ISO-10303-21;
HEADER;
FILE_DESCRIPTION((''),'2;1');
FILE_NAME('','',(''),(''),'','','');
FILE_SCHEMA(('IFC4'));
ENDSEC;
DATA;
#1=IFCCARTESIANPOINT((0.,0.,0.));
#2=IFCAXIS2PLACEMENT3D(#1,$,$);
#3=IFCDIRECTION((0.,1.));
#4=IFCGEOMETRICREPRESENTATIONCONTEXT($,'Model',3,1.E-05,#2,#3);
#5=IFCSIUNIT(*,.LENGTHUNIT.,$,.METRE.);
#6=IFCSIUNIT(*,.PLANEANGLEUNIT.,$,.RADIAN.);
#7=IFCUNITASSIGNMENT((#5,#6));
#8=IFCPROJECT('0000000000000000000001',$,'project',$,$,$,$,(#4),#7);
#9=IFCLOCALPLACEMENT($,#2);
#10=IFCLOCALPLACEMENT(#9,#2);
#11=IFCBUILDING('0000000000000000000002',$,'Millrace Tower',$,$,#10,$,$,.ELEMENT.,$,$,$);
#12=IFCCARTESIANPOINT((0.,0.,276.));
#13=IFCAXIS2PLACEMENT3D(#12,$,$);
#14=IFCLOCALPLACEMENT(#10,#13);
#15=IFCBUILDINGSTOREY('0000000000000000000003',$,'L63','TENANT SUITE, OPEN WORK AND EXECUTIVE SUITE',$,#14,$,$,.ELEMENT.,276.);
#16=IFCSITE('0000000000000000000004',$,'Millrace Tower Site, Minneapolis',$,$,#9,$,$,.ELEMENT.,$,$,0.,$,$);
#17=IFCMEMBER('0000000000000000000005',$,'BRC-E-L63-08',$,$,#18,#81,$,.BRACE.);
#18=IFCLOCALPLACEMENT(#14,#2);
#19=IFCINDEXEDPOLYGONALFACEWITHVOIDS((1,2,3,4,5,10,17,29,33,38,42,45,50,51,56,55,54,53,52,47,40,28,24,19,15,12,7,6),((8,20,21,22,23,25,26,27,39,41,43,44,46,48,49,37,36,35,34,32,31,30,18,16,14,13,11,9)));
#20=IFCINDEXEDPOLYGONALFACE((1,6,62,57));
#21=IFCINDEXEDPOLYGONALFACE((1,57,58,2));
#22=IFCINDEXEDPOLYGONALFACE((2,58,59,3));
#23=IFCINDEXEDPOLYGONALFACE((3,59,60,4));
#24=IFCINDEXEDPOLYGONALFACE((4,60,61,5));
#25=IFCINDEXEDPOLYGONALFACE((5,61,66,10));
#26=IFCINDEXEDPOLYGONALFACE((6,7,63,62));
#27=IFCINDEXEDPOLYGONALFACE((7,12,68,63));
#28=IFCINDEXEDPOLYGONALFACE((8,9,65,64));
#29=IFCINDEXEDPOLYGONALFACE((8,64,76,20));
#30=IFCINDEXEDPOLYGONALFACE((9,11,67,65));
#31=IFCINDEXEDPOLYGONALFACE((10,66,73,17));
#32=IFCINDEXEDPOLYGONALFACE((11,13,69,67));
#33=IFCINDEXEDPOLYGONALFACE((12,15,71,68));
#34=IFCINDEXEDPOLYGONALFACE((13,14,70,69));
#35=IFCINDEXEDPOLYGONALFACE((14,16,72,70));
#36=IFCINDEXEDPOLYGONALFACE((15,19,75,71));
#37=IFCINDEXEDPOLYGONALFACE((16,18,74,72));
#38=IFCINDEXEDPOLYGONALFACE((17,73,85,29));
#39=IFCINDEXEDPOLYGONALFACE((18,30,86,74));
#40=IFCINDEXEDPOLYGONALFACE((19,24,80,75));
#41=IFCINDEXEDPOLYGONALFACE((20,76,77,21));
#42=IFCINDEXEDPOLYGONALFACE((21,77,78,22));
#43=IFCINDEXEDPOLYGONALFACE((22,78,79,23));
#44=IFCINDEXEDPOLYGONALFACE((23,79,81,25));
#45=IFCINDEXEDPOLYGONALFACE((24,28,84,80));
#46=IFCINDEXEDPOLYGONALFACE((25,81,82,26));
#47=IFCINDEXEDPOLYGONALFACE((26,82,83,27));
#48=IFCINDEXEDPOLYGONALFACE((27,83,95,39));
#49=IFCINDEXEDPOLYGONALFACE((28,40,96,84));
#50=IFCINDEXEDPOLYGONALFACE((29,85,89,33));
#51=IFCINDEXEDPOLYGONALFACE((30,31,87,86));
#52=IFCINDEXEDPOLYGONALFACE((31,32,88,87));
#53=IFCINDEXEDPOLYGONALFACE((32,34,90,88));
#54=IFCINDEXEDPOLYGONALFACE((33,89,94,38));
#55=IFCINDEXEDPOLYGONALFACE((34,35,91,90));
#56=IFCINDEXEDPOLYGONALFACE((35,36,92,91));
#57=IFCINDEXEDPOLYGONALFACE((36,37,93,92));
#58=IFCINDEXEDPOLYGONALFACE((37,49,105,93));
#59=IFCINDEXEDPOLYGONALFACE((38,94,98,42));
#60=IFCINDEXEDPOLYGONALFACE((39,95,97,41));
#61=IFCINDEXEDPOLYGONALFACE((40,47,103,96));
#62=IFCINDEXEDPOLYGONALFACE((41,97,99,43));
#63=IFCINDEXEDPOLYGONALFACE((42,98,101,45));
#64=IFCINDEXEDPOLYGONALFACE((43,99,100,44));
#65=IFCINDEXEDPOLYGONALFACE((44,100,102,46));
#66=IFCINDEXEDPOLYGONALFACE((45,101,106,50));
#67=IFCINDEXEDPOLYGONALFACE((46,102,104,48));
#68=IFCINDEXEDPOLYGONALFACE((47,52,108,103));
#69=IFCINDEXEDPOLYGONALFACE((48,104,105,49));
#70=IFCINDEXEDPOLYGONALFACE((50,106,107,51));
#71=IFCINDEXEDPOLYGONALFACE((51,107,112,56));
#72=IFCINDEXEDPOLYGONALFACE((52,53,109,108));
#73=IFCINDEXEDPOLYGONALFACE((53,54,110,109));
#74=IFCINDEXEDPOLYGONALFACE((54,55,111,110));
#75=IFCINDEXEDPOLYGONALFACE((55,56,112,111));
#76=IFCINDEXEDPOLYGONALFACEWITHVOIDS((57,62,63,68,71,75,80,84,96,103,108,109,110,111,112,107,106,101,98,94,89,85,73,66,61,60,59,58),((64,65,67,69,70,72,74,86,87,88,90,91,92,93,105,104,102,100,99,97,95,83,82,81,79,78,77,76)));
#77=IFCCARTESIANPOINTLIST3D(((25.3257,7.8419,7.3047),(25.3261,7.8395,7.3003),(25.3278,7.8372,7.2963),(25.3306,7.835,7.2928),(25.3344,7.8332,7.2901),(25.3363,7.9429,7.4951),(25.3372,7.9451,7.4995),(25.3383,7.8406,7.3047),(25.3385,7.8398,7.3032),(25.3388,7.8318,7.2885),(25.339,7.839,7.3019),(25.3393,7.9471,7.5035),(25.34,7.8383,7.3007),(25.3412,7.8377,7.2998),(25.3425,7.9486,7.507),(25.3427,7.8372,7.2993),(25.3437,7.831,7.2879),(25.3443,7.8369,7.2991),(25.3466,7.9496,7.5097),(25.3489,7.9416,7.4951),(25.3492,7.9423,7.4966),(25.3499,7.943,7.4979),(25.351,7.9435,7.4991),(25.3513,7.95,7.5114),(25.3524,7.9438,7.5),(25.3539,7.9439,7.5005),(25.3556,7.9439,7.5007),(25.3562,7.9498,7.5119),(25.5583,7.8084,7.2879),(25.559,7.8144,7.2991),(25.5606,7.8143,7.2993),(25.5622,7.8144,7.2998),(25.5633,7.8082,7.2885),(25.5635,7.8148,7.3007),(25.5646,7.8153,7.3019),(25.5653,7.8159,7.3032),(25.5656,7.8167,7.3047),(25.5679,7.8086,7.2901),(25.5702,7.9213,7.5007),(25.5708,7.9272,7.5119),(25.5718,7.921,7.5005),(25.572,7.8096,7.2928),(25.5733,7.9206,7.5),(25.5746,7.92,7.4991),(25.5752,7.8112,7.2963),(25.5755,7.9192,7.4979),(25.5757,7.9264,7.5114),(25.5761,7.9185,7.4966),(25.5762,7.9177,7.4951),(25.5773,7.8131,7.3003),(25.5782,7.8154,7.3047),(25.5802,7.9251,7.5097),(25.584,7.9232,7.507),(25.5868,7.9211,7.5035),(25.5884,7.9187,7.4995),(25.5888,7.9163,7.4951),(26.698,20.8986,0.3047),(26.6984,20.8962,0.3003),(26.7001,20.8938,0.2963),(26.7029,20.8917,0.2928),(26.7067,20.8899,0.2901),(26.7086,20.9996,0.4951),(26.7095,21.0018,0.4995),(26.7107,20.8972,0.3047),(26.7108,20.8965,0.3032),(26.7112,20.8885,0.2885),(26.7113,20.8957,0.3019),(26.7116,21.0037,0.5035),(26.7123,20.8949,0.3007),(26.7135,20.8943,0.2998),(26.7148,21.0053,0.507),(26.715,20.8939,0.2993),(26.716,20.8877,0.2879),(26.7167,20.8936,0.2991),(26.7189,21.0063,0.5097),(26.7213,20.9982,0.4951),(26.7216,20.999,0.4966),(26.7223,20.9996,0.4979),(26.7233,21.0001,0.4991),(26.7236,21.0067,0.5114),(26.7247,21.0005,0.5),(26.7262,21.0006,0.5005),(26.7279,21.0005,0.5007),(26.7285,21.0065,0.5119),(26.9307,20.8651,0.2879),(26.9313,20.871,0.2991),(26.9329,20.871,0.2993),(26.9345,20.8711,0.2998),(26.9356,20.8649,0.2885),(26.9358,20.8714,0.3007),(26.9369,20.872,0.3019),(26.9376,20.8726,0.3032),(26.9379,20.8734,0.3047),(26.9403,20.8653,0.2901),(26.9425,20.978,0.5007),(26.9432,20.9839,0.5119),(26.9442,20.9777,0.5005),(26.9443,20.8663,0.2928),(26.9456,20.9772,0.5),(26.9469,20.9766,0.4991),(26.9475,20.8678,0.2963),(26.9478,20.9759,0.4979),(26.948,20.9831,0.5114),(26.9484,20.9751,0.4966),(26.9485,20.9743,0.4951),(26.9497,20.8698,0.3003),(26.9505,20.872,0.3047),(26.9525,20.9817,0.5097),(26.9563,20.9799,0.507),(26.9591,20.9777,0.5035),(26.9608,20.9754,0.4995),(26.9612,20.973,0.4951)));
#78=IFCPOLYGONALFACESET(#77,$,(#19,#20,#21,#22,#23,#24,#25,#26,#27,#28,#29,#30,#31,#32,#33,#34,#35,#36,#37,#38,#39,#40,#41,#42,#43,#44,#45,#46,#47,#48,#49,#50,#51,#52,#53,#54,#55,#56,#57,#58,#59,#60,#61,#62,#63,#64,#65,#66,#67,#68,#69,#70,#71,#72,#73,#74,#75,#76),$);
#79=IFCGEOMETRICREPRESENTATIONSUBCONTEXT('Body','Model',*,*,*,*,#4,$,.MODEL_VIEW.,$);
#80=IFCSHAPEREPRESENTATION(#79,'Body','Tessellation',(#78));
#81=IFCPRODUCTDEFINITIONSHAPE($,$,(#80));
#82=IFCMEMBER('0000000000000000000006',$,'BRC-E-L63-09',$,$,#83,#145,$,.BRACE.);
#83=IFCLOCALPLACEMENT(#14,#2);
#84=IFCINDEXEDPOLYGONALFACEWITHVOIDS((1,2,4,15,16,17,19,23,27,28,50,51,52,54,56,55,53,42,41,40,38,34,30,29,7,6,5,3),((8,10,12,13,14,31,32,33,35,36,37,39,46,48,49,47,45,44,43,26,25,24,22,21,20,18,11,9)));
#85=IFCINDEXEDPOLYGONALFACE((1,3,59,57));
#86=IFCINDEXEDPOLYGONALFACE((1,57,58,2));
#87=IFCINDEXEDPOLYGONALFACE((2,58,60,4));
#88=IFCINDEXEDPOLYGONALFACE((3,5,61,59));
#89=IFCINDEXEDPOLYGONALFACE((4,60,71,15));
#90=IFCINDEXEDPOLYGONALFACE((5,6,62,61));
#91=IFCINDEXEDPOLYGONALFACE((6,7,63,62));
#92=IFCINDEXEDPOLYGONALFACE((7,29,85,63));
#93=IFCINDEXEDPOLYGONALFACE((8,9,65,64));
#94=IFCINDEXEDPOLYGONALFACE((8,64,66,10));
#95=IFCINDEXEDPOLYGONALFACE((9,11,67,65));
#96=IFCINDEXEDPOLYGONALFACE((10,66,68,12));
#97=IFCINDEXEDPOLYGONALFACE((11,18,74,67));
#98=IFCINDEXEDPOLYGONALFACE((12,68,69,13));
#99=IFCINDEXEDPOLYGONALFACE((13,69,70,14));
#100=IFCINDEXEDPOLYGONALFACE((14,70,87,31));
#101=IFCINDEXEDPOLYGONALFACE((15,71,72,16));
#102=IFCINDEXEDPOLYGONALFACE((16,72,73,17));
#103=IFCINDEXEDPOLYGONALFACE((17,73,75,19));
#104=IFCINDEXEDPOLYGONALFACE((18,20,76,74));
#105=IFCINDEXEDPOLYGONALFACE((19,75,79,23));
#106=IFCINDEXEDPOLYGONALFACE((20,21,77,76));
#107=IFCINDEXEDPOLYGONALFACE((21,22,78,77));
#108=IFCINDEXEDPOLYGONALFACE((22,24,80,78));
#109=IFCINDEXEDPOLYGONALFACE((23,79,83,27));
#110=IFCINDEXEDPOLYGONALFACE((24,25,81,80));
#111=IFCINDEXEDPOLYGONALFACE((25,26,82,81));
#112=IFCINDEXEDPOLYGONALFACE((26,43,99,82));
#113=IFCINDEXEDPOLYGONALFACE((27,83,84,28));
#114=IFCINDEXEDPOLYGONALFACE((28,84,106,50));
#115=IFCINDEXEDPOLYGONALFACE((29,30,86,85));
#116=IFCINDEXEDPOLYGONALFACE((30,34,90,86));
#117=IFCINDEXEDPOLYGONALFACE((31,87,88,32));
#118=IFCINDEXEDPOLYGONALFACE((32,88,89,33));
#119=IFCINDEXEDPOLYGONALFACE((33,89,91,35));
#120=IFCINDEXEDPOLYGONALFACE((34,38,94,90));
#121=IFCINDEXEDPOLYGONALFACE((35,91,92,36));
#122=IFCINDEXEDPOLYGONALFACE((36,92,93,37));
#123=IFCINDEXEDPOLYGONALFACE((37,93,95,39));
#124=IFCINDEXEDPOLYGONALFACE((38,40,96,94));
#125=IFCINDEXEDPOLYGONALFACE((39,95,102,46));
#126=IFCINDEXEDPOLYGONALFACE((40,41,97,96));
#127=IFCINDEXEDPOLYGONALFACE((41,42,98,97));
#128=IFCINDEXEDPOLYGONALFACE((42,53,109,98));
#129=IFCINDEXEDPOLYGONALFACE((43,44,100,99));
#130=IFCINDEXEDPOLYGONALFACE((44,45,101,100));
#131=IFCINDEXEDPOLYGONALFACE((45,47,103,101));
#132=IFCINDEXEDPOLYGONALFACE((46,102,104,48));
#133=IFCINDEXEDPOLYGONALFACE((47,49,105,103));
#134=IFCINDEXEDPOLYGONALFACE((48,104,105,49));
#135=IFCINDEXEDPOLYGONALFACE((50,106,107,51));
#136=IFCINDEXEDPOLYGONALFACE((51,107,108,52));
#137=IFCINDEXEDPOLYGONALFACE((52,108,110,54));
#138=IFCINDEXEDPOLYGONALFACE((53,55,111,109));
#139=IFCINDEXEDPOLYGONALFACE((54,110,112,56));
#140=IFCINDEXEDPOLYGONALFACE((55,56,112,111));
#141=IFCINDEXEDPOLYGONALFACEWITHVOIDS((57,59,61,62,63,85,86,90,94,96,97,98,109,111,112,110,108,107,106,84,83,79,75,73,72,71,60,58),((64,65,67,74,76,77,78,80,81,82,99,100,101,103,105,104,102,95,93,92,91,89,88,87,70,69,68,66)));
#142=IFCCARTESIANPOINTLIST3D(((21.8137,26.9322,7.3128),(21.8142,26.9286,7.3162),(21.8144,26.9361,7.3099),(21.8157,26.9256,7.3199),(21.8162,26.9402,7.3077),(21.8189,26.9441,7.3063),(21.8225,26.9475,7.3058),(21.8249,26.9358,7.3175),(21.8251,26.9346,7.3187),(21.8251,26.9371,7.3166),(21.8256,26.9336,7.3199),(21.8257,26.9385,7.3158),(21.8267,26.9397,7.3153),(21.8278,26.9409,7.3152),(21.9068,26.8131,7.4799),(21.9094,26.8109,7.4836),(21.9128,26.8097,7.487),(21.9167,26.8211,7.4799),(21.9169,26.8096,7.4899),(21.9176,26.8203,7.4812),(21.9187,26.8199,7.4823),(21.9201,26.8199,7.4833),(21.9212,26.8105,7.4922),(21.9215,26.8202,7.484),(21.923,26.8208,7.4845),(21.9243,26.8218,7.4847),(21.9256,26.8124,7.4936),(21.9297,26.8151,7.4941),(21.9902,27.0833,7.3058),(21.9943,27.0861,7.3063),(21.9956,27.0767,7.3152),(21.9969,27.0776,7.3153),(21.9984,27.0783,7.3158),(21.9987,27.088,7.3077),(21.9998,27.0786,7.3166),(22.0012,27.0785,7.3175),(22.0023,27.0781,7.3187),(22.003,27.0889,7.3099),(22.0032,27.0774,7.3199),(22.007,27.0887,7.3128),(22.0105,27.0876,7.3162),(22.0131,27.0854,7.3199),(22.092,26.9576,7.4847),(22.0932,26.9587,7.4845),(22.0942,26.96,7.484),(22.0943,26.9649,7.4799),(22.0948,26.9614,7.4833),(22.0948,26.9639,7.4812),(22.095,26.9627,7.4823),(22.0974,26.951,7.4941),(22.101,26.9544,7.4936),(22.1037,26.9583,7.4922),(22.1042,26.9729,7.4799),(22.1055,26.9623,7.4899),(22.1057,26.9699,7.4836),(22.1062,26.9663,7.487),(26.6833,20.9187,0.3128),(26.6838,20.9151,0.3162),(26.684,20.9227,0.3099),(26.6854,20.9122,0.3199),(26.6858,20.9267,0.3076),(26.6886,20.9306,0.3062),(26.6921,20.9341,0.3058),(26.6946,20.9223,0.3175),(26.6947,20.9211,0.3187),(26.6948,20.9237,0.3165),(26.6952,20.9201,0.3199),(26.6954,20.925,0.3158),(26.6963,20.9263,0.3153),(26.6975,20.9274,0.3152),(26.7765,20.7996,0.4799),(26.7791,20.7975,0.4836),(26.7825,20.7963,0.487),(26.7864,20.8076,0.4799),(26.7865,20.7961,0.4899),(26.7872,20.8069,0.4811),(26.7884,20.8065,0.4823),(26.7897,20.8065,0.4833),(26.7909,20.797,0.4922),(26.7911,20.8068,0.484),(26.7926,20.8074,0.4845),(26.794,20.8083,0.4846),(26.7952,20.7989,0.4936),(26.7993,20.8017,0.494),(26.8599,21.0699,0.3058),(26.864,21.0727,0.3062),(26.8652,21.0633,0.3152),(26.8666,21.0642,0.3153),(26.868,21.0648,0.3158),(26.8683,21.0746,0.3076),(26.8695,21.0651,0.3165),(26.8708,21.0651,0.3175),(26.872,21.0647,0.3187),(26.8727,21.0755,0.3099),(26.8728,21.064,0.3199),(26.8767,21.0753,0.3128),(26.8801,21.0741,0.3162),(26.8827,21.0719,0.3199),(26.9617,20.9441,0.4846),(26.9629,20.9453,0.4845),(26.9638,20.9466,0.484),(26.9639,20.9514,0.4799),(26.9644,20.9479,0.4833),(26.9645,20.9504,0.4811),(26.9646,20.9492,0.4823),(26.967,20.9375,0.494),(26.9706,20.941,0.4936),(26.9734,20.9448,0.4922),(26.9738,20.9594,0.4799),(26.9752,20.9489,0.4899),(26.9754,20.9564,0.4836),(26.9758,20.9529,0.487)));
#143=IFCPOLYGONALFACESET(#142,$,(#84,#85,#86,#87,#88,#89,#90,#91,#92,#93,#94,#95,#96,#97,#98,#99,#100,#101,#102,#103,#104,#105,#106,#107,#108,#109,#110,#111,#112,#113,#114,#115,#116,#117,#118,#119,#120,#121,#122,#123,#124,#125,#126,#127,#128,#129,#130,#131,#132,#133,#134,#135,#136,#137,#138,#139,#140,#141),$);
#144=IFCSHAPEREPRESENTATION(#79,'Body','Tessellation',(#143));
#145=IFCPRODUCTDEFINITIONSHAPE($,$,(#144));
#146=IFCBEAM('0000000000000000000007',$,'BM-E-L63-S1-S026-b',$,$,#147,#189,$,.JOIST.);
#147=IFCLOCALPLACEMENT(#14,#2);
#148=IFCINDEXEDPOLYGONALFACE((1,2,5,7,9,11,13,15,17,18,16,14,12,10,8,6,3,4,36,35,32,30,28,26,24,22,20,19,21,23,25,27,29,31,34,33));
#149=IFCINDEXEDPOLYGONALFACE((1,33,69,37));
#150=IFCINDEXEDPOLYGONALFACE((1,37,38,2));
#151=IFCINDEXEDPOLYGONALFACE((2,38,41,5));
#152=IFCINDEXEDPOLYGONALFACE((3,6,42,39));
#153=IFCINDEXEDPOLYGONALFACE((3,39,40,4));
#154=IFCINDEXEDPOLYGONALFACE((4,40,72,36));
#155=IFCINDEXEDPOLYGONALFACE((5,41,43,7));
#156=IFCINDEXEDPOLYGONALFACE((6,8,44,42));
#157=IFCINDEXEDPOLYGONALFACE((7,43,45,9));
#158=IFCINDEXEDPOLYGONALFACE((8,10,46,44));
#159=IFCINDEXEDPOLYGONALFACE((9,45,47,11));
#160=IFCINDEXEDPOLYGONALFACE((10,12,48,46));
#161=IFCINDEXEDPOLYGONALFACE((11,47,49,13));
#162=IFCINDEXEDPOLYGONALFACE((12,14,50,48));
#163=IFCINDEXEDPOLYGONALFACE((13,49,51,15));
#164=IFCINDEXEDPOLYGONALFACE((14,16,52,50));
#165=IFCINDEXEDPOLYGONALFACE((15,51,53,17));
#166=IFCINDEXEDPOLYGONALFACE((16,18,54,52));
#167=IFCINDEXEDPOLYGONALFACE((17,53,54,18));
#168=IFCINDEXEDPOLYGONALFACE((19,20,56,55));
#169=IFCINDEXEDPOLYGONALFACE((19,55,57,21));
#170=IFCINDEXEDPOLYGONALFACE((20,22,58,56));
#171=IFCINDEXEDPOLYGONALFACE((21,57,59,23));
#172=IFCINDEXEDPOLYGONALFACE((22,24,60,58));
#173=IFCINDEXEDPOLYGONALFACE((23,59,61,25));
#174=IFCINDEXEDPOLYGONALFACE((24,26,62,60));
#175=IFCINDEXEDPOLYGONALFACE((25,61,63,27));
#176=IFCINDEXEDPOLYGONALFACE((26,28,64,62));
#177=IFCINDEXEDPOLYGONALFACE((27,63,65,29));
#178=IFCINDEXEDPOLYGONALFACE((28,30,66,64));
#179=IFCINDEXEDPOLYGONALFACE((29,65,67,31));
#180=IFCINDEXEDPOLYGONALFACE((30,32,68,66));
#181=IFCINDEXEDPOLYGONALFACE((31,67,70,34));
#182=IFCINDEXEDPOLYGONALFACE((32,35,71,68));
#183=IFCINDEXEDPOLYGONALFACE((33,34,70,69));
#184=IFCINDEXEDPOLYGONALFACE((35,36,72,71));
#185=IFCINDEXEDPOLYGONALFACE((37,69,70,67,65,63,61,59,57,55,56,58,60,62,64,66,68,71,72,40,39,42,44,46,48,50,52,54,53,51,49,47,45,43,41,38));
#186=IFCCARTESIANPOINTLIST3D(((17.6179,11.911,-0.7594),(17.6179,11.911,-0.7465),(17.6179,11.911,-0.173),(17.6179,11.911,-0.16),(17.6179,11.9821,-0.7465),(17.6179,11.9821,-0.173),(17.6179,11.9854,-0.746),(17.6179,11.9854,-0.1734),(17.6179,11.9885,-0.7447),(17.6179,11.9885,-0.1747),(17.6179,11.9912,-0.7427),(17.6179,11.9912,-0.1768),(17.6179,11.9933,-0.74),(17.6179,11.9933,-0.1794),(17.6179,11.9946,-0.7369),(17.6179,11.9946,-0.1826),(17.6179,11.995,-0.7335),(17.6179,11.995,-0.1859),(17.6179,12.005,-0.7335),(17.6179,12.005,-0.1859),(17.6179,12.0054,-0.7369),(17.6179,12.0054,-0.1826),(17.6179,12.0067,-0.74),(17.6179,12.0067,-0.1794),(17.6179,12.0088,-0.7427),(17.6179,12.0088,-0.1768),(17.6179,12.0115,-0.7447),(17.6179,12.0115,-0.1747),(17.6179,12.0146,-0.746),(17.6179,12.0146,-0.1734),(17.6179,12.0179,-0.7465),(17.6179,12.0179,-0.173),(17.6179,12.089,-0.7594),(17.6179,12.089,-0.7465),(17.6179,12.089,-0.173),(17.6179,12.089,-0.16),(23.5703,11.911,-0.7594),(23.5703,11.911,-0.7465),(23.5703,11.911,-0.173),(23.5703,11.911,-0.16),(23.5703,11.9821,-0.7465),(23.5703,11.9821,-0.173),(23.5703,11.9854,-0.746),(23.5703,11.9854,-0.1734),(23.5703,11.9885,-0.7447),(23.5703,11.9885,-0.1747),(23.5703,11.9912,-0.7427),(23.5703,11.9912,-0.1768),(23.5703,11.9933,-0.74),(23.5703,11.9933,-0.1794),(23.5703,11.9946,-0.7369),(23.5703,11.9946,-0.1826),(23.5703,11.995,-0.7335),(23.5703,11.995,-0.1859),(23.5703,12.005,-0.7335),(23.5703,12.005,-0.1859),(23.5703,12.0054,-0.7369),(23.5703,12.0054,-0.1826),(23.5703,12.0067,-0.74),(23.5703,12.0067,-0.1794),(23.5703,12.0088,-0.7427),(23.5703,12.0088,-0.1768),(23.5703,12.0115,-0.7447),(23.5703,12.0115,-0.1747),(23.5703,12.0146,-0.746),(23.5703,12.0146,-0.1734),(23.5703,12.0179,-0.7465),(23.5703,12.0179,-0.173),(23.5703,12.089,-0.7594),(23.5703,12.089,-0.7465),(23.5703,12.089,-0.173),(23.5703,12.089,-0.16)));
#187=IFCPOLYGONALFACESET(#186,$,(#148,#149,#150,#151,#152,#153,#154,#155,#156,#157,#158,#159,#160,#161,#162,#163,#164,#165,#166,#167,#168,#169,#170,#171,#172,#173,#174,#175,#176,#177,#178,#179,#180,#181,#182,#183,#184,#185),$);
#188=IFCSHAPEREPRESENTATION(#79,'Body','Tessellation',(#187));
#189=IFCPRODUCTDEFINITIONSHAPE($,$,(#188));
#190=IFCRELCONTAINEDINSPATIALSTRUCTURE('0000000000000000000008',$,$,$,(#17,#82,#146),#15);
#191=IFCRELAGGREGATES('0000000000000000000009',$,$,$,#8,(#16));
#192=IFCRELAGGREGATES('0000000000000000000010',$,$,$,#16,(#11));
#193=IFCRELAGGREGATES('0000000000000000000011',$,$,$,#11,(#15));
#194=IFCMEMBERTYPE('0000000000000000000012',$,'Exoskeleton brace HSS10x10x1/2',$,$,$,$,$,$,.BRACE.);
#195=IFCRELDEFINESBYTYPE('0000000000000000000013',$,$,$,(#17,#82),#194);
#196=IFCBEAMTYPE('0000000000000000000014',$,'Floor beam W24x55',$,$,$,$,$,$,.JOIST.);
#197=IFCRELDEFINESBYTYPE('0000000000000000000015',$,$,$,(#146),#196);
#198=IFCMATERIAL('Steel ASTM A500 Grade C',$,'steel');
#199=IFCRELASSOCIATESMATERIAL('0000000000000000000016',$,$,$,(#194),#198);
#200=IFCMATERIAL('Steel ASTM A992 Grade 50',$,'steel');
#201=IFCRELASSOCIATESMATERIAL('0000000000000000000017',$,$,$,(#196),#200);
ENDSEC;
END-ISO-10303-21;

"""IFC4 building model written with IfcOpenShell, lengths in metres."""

from ifc_helpers import new_model, si_unit, direction, frame, origin, origin_2d, place, context, subcontext, project, spatial, hollow_rectangle, i_section, extrude, material, material_profile, profile_set, type_object, element, save


model = new_model("IFC4")

# Units and contexts
model_context = context("Model", 3, precision=1e-05, world=origin(), true_north=direction((0.0, 1.0)))
body_context = subcontext(model_context, "Body", "Model", "MODEL_VIEW")
ifc_project = project(units=[si_unit("LENGTHUNIT", "METRE"), si_unit("PLANEANGLEUNIT", "RADIAN")], contexts=[model_context])

# Site, building, storey
site_placement = place(None, origin())
site = spatial("IfcSite", under=ifc_project, at=site_placement, Name="Millrace Tower Site, Minneapolis", CompositionType="ELEMENT", RefElevation=0.0)
building_placement = place(site_placement, origin())
building = spatial("IfcBuilding", under=site, at=building_placement, Name="Millrace Tower", CompositionType="ELEMENT")
storey_placement = place(building_placement, frame((0.0, 0.0, 276.0)))
storey = spatial("IfcBuildingStorey", under=building, at=storey_placement, Name="L63", Description="TENANT SUITE, OPEN WORK AND EXECUTIVE SUITE", CompositionType="ELEMENT", Elevation=276.0)

# Members
ifc_material_1 = material(Name="Steel ASTM A500 Grade C", Category="steel")
ifc_material_profile_1 = material_profile(ifc_material_1, hollow_rectangle(XDim=0.2539, YDim=0.2539, WallThickness=0.0127, InnerFilletRadius=0.0063, OuterFilletRadius=0.019, at=origin_2d()))
ifc_profile_set_1 = profile_set([ifc_material_profile_1], Name="Steel ASTM A500 Grade C")
member_type_1 = type_object("IfcMemberType", Name="Exoskeleton brace HSS10x10x1/2", PredefinedType="BRACE", material=ifc_profile_set_1)
member_1_placement = place(storey_placement, frame((26.8296, 20.9358, 0.3999), z_axis=(-0.092237, -0.877572, 0.470489), x_axis=(0.994522, -0.104529, 0.0)))
element("IfcMember", 1, at=member_1_placement, inside=storey, type_object=member_type_1, Name="BRC-E-L63-08", PredefinedType="BRACE", context=body_context, shape_type="SweptSolid", body=[
    extrude(hollow_rectangle(XDim=0.2539, YDim=0.2539, WallThickness=0.0127, InnerFilletRadius=0.0063, OuterFilletRadius=0.019, at=origin_2d()), origin(), (0.0, 0.0, 1.0), 14.8782),
])
member_2_placement = place(storey_placement, frame((26.8296, 20.9358, 0.3999), z_axis=(-0.466694, 0.576314, 0.670864), x_axis=(-0.777143, -0.629324, 0.0)))
element("IfcMember", 2, at=member_2_placement, inside=storey, type_object=member_type_1, Name="BRC-E-L63-09", PredefinedType="BRACE", context=body_context, shape_type="SweptSolid", body=[
    extrude(hollow_rectangle(XDim=0.2539, YDim=0.2539, WallThickness=0.0127, InnerFilletRadius=0.0063, OuterFilletRadius=0.019, at=origin_2d()), origin(), (0.0, 0.0, 1.0), 10.4343),
])

# Beam
ifc_material_2 = material(Name="Steel ASTM A992 Grade 50", Category="steel")
ifc_material_profile_2 = material_profile(ifc_material_2, i_section(OverallWidth=0.178, OverallDepth=0.5994, WebThickness=0.01, FlangeThickness=0.0129, FilletRadius=0.0129, at=origin_2d()))
ifc_profile_set_2 = profile_set([ifc_material_profile_2], Name="Steel ASTM A992 Grade 50")
beam_type_1 = type_object("IfcBeamType", Name="Floor beam W24x55", PredefinedType="JOIST", material=ifc_profile_set_2)
beam_1_placement = place(storey_placement, frame((17.6179, 12.0, -0.4597), z_axis=(1.0, 0.0, 0.0), x_axis=(0.0, 1.0, 0.0)))
element("IfcBeam", 3, at=beam_1_placement, inside=storey, type_object=beam_type_1, Name="BM-E-L63-S1-S026-b", PredefinedType="JOIST", context=body_context, shape_type="SweptSolid", body=[
    extrude(i_section(OverallWidth=0.178, OverallDepth=0.5994, WebThickness=0.01, FlangeThickness=0.0129, FilletRadius=0.0129, at=origin_2d()), origin(), (0.0, 0.0, 1.0), 5.9524),
])

save(model, "model.ifc")
